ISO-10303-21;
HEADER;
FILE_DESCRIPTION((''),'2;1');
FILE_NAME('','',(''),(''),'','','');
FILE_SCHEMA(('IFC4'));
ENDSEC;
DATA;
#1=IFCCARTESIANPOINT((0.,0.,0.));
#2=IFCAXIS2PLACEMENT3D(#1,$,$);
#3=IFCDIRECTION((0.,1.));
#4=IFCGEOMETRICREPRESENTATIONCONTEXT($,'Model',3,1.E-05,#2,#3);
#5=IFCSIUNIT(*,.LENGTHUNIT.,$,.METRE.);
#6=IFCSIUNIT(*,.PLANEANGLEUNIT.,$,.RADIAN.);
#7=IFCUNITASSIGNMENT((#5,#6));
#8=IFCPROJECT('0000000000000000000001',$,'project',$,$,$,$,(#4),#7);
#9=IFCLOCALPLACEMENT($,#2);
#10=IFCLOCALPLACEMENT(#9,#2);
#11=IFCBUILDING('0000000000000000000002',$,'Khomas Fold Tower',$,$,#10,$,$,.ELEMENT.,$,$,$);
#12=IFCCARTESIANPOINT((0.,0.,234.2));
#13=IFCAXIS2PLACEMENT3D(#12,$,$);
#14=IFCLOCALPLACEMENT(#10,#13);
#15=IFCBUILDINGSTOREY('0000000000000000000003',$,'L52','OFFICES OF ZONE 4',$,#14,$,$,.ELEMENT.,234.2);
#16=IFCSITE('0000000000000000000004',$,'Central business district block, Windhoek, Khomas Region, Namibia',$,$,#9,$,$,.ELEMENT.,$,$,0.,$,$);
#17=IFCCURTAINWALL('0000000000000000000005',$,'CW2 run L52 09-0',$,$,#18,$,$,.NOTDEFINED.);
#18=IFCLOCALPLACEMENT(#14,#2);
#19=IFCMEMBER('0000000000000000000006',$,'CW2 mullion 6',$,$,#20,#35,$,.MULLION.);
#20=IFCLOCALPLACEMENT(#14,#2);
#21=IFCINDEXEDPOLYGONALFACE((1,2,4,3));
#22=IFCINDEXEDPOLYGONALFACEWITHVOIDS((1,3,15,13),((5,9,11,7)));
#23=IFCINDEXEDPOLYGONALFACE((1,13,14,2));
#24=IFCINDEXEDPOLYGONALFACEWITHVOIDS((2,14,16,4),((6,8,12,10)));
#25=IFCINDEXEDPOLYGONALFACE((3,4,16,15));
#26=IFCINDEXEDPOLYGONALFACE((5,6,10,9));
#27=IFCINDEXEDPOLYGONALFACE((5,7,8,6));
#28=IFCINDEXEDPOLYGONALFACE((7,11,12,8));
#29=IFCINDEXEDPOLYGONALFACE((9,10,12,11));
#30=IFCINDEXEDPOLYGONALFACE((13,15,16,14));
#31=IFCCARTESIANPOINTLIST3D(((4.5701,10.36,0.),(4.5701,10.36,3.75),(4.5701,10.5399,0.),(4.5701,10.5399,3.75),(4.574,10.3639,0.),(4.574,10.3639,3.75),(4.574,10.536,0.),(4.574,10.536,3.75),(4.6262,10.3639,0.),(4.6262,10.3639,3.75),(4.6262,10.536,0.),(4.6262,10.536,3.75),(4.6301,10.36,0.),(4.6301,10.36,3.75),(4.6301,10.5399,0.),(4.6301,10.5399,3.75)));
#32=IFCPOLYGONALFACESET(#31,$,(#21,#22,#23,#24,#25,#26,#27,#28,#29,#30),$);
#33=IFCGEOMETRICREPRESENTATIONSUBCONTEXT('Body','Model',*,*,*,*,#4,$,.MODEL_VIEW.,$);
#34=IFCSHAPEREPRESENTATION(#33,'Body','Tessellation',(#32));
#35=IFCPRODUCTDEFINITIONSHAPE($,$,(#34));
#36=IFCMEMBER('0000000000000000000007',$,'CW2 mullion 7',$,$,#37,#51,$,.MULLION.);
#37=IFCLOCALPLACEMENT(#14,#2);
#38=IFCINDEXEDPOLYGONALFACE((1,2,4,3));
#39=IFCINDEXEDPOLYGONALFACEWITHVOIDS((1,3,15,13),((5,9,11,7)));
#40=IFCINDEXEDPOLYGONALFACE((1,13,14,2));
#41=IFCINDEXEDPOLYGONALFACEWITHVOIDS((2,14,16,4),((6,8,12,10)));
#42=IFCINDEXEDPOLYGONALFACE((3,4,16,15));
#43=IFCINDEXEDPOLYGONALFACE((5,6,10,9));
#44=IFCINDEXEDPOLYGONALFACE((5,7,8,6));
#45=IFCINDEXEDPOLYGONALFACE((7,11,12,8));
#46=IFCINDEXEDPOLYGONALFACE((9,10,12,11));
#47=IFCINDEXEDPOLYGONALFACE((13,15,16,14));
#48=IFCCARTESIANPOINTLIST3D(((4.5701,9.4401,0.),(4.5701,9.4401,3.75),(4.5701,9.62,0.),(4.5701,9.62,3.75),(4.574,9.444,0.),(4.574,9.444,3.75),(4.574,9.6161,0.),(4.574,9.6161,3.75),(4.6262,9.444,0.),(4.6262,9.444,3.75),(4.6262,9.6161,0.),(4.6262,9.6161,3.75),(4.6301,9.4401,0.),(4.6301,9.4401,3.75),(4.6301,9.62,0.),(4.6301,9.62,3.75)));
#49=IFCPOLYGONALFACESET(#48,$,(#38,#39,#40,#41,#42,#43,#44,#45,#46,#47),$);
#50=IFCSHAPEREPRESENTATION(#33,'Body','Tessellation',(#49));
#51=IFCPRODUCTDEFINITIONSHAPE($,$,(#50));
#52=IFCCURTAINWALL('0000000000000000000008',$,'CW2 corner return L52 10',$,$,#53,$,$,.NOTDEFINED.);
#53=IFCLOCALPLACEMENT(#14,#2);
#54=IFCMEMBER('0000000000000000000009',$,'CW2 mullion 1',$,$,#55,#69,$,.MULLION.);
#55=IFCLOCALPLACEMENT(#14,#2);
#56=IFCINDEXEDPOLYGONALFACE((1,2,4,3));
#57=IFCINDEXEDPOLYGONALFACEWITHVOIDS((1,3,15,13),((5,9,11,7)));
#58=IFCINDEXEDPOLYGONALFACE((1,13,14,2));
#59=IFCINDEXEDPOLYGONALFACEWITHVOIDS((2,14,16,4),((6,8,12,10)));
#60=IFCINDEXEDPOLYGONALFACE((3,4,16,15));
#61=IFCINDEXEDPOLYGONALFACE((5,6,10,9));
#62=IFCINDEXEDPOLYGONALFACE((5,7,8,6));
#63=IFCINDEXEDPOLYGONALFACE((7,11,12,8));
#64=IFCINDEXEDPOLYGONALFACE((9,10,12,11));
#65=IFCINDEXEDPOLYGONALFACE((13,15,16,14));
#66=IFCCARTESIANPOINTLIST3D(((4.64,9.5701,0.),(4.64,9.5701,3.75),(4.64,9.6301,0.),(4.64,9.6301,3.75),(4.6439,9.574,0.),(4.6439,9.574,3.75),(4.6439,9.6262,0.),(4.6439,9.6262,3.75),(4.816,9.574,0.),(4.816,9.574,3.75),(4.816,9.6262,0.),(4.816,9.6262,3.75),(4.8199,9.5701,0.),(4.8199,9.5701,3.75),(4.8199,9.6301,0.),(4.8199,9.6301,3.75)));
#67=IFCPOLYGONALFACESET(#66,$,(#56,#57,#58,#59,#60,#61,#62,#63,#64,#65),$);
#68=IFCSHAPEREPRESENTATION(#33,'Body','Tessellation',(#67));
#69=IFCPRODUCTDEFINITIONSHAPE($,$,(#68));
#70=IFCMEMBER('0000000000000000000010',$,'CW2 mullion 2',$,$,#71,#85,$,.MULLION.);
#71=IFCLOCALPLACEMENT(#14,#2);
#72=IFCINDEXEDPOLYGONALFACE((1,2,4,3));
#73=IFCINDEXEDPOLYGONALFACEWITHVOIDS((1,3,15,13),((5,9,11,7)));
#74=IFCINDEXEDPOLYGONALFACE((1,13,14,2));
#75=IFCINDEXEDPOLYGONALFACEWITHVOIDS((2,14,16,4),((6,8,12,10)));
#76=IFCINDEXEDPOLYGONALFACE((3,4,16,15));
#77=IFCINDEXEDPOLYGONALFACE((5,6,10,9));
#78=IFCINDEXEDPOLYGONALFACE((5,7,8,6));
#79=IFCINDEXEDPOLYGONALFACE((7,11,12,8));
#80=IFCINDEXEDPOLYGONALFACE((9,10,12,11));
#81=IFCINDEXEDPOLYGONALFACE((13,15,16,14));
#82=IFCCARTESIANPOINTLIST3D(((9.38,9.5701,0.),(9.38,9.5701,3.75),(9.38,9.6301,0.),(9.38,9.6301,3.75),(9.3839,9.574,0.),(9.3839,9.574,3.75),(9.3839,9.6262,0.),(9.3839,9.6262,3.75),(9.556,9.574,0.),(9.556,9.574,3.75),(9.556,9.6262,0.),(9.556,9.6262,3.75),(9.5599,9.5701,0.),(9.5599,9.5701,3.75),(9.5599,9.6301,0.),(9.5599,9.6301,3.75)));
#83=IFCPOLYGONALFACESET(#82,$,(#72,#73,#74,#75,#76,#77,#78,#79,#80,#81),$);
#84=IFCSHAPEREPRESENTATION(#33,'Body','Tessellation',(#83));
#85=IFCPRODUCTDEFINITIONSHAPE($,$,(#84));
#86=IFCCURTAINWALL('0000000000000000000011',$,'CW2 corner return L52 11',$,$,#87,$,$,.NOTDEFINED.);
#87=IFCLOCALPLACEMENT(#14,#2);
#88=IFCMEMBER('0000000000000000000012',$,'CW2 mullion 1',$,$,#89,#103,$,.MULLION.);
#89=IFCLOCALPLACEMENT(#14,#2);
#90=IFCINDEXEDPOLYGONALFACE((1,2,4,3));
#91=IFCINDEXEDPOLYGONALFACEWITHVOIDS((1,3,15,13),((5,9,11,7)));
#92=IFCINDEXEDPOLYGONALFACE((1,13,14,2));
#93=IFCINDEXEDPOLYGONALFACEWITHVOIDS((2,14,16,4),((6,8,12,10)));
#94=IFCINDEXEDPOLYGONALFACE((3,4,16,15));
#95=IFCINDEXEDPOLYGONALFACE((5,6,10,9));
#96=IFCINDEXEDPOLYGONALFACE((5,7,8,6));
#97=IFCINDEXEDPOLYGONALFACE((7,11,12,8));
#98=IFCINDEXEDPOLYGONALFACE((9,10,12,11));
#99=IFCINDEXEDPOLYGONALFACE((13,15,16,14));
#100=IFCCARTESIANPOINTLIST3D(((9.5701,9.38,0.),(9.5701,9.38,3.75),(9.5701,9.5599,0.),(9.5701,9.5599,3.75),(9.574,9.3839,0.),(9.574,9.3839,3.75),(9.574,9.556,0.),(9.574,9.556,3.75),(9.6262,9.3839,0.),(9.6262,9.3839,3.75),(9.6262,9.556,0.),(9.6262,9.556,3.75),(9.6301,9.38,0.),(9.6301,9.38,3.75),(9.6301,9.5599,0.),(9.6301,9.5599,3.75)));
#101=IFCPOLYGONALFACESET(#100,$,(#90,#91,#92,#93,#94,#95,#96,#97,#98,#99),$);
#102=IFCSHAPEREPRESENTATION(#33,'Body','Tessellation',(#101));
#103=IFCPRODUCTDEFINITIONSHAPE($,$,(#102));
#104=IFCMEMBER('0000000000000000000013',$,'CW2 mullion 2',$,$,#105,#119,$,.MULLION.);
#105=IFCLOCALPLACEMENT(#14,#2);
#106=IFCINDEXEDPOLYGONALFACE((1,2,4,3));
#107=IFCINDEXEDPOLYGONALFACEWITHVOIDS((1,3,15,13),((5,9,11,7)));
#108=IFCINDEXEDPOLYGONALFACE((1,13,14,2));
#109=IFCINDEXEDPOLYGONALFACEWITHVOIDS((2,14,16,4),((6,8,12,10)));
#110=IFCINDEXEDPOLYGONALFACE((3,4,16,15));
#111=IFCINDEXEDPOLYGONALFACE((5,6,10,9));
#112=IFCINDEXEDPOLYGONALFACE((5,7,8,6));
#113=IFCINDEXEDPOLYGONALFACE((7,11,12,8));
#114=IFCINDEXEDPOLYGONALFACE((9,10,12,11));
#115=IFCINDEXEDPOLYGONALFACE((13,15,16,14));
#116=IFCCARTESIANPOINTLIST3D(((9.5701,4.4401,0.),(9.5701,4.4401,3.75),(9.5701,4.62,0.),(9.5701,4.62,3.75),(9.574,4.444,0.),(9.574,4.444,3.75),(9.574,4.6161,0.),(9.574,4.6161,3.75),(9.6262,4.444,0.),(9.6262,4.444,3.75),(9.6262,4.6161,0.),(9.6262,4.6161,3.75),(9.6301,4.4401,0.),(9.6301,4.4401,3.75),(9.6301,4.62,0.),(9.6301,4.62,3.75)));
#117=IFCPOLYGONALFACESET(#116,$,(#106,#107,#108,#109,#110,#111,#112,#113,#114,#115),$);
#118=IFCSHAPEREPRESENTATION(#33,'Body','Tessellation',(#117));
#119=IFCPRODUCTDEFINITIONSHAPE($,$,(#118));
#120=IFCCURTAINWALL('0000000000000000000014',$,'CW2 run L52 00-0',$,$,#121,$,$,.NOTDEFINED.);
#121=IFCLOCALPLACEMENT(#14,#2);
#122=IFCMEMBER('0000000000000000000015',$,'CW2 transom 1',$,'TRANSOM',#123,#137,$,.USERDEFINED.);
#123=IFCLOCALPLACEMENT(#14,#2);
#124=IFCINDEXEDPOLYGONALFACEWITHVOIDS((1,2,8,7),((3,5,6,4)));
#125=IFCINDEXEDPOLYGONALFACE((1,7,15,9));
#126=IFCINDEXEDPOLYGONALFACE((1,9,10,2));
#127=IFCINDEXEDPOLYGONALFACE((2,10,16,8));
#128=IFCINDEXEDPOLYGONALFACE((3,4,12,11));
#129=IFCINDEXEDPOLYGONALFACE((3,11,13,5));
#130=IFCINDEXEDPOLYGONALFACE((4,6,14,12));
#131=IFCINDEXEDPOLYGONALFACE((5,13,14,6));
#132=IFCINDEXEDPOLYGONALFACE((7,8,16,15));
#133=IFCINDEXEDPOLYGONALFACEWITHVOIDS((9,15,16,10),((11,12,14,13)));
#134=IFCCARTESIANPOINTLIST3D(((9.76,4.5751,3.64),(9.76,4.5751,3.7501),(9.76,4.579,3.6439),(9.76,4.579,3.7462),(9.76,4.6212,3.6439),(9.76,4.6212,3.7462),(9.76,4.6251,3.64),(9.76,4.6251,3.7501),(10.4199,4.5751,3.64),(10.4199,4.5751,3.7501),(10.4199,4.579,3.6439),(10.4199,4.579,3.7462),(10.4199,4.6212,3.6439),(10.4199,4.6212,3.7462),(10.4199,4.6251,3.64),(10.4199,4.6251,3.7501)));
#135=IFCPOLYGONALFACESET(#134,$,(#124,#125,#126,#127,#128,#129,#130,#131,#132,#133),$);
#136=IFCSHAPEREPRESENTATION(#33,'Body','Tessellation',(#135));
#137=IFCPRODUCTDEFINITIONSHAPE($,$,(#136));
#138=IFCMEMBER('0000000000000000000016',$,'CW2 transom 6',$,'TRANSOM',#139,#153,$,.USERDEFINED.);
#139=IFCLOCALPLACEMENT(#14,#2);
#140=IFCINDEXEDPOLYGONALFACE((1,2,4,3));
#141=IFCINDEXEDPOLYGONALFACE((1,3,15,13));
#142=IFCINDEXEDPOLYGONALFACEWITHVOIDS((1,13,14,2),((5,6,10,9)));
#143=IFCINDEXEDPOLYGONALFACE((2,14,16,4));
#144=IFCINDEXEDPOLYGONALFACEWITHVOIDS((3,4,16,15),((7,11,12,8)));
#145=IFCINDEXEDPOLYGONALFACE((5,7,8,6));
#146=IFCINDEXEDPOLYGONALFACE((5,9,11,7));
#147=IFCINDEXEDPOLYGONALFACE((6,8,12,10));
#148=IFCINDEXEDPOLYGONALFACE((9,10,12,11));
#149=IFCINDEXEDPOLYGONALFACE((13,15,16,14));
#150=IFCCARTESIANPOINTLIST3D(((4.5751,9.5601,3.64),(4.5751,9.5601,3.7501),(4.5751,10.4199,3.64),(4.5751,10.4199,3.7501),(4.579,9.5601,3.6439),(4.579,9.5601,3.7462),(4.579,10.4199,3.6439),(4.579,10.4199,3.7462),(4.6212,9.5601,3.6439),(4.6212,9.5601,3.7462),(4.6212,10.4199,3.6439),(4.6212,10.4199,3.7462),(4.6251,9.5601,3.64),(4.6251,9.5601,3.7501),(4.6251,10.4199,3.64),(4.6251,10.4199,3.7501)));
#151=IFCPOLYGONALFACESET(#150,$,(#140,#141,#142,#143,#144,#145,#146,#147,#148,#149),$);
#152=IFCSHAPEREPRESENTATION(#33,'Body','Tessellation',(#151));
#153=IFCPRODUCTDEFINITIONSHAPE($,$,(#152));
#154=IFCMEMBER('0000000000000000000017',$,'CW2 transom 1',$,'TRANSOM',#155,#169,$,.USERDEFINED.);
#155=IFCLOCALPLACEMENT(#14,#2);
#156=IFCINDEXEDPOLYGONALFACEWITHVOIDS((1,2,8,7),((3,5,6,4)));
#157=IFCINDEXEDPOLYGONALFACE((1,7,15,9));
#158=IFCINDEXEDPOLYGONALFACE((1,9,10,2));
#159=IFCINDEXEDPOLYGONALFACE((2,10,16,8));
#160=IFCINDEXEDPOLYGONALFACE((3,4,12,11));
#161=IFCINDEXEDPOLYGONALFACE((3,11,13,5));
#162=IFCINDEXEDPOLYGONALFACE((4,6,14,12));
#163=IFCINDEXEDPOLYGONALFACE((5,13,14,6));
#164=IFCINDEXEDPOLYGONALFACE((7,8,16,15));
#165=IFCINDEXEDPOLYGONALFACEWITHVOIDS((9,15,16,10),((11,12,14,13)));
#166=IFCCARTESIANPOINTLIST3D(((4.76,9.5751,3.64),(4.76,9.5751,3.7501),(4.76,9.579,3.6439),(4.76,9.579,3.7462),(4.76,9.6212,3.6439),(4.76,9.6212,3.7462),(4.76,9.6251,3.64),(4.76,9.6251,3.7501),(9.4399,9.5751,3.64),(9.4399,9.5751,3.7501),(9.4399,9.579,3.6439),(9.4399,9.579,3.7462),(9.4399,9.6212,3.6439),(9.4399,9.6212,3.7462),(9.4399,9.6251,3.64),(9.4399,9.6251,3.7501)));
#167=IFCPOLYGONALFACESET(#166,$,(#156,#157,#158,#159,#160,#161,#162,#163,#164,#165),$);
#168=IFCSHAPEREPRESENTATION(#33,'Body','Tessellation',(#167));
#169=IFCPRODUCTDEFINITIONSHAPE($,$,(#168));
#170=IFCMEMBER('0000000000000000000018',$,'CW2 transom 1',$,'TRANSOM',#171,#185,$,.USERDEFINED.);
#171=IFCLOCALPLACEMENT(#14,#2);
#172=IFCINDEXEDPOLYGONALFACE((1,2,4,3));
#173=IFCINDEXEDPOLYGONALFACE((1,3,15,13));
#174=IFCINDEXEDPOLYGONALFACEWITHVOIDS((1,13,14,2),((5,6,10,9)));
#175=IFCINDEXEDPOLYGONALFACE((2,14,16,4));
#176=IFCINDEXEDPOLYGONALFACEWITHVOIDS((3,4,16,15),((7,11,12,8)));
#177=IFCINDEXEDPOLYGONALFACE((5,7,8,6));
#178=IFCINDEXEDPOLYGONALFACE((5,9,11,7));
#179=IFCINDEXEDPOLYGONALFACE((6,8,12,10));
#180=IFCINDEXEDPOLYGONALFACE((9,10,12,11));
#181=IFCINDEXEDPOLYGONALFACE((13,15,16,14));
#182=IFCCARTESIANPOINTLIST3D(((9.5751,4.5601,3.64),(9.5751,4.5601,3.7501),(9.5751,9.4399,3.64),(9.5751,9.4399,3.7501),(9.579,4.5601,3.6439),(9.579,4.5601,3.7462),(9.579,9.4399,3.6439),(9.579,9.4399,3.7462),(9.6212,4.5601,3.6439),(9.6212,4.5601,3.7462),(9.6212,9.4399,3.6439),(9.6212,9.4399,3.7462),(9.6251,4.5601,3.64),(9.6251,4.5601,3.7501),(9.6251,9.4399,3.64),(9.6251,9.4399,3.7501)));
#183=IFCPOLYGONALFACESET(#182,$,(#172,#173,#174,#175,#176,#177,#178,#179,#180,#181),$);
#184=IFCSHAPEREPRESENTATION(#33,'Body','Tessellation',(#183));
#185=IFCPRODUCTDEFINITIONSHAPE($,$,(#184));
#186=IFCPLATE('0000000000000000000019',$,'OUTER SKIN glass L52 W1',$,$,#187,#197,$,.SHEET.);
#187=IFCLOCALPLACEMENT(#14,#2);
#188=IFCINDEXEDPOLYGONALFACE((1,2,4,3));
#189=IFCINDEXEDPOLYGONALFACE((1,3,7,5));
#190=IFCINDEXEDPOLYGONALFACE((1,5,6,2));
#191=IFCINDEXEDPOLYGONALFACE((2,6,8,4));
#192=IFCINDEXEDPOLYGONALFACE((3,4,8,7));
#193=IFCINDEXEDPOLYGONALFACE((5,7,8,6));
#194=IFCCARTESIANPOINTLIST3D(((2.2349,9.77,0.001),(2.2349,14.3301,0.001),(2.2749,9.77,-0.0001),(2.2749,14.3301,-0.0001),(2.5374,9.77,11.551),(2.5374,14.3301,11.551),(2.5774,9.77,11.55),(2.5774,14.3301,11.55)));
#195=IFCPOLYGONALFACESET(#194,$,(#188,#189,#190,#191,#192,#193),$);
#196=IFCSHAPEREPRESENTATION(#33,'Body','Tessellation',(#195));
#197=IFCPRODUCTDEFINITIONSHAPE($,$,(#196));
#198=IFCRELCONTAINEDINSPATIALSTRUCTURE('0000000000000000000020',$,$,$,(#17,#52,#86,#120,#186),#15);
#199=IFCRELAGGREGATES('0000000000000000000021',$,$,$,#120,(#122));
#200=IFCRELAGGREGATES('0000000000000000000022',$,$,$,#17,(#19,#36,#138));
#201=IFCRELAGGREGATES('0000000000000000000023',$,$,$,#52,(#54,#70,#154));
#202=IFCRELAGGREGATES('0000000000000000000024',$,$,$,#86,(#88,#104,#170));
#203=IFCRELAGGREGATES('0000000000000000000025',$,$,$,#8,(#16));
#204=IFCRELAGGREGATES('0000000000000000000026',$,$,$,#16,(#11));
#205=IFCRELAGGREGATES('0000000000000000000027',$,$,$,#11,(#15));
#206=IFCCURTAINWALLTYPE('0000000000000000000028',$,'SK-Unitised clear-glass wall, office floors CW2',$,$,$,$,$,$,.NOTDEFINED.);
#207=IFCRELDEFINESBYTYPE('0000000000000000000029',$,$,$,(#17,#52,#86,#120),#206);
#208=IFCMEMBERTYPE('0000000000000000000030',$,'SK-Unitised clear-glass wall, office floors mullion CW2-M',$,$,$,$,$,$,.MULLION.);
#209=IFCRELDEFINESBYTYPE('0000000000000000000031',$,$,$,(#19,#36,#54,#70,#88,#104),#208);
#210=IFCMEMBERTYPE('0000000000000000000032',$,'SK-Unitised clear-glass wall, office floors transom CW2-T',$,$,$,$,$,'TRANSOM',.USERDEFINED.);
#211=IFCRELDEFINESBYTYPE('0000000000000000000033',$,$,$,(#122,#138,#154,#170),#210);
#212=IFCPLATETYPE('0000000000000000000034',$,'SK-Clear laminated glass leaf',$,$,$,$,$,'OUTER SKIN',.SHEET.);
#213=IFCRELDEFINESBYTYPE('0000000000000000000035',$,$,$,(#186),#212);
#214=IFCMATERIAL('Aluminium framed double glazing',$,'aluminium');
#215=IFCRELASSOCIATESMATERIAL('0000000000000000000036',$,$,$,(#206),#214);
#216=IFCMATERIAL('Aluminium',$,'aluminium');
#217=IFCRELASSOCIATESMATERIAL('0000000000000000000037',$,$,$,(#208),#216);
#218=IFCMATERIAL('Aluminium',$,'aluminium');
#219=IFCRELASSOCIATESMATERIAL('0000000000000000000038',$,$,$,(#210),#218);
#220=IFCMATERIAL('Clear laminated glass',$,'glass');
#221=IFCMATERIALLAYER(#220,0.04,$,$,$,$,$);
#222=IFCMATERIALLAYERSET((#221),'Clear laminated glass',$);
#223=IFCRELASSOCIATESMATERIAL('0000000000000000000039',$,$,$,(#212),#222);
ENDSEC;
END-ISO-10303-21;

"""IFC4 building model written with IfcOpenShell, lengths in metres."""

from ifc_helpers import new_model, si_unit, direction, frame, origin, origin_2d, place, context, subcontext, project, spatial, polyline, hollow_rectangle, outline, extrude, source, transform, mapped, material, layer, layer_set, material_profile, profile_set, type_object, element, aggregate, save


model = new_model("IFC4")

# Units and contexts
model_context = context("Model", 3, precision=1e-05, world=origin(), true_north=direction((0.0, 1.0)))
body_context = subcontext(model_context, "Body", "Model", "MODEL_VIEW")
ifc_project = project(units=[si_unit("LENGTHUNIT", "METRE"), si_unit("PLANEANGLEUNIT", "RADIAN")], contexts=[model_context])

# Site, building, storey
site_placement = place(None, origin())
site = spatial("IfcSite", under=ifc_project, at=site_placement, Name="Central business district block, Windhoek, Khomas Region, Namibia", CompositionType="ELEMENT", RefElevation=0.0)
building_placement = place(site_placement, origin())
building = spatial("IfcBuilding", under=site, at=building_placement, Name="Khomas Fold Tower", CompositionType="ELEMENT")
storey_placement = place(building_placement, frame((0.0, 0.0, 234.2)))
storey = spatial("IfcBuildingStorey", under=building, at=storey_placement, Name="L52", Description="OFFICES OF ZONE 4", CompositionType="ELEMENT", Elevation=234.2)

# Curtain walls, members
ifc_material_1 = material(Name="Aluminium framed double glazing", Category="aluminium")
curtain_wall_type = type_object("IfcCurtainWallType", Name="SK-Unitised clear-glass wall, office floors CW2", PredefinedType="NOTDEFINED", material=ifc_material_1)
curtain_wall_1_placement = place(storey_placement, origin())
curtain_wall_1 = element("IfcCurtainWall", 1, at=curtain_wall_1_placement, inside=storey, type_object=curtain_wall_type, Name="CW2 run L52 09-0", PredefinedType="NOTDEFINED")
ifc_material_2 = material(Name="Aluminium", Category="aluminium")
ifc_material_profile_1 = material_profile(ifc_material_2, hollow_rectangle(XDim=0.0601, YDim=0.1799, WallThickness=0.0039, at=origin_2d()), Name="SK-Unitised clear-glass wall, office floors mullion CW2-M")
ifc_profile_set_1 = profile_set([ifc_material_profile_1], Name="Aluminium")
member_type_1 = type_object("IfcMemberType", Name="SK-Unitised clear-glass wall, office floors mullion CW2-M", PredefinedType="MULLION", material=ifc_profile_set_1)
shared_shape_1 = source(origin(), body_context, "Body", "SweptSolid", [
    extrude(hollow_rectangle(XDim=0.0601, YDim=0.1799, WallThickness=0.0039, at=origin_2d()), origin(), (0.0, 0.0, 1.0), 3.75),
])
member_1_placement = place(storey_placement, frame((4.6001, 10.45, 0.0), z_axis=(0.0, 0.0, 1.0), x_axis=(1.0, 0.0, 0.0)))
member_1 = element("IfcMember", 2, at=member_1_placement, type_object=member_type_1, Name="CW2 mullion 6", PredefinedType="MULLION", context=body_context, shape_type="MappedRepresentation", body=[
    mapped(shared_shape_1, transform((0.0, 0.0, 0.0))),
])
member_2_placement = place(storey_placement, frame((4.6001, 9.53, 0.0), z_axis=(0.0, 0.0, 1.0), x_axis=(1.0, 0.0, 0.0)))
member_2 = element("IfcMember", 3, at=member_2_placement, type_object=member_type_1, Name="CW2 mullion 7", PredefinedType="MULLION", context=body_context, shape_type="MappedRepresentation", body=[
    mapped(shared_shape_1, transform((0.0, 0.0, 0.0))),
])
curtain_wall_2_placement = place(storey_placement, origin())
curtain_wall_2 = element("IfcCurtainWall", 4, at=curtain_wall_2_placement, inside=storey, type_object=curtain_wall_type, Name="CW2 corner return L52 10", PredefinedType="NOTDEFINED")
member_3_placement = place(storey_placement, frame((4.73, 9.6001, 0.0), z_axis=(0.0, 0.0, 1.0), x_axis=(0.0, 1.0, 0.0)))
member_3 = element("IfcMember", 5, at=member_3_placement, type_object=member_type_1, Name="CW2 mullion 1", PredefinedType="MULLION", context=body_context, shape_type="MappedRepresentation", body=[
    mapped(shared_shape_1, transform((0.0, 0.0, 0.0))),
])
member_4_placement = place(storey_placement, frame((9.47, 9.6001, 0.0), z_axis=(0.0, 0.0, 1.0), x_axis=(0.0, 1.0, 0.0)))
member_4 = element("IfcMember", 6, at=member_4_placement, type_object=member_type_1, Name="CW2 mullion 2", PredefinedType="MULLION", context=body_context, shape_type="MappedRepresentation", body=[
    mapped(shared_shape_1, transform((0.0, 0.0, 0.0))),
])
curtain_wall_3_placement = place(storey_placement, origin())
curtain_wall_3 = element("IfcCurtainWall", 7, at=curtain_wall_3_placement, inside=storey, type_object=curtain_wall_type, Name="CW2 corner return L52 11", PredefinedType="NOTDEFINED")
member_5_placement = place(storey_placement, frame((9.6001, 9.47, 0.0), z_axis=(0.0, 0.0, 1.0), x_axis=(1.0, 0.0, 0.0)))
member_5 = element("IfcMember", 8, at=member_5_placement, type_object=member_type_1, Name="CW2 mullion 1", PredefinedType="MULLION", context=body_context, shape_type="MappedRepresentation", body=[
    mapped(shared_shape_1, transform((0.0, 0.0, 0.0))),
])
member_6_placement = place(storey_placement, frame((9.6001, 4.53, 0.0), z_axis=(0.0, 0.0, 1.0), x_axis=(1.0, 0.0, 0.0)))
member_6 = element("IfcMember", 9, at=member_6_placement, type_object=member_type_1, Name="CW2 mullion 2", PredefinedType="MULLION", context=body_context, shape_type="MappedRepresentation", body=[
    mapped(shared_shape_1, transform((0.0, 0.0, 0.0))),
])

# Curtain wall, member
curtain_wall_4_placement = place(storey_placement, origin())
curtain_wall_4 = element("IfcCurtainWall", 10, at=curtain_wall_4_placement, inside=storey, type_object=curtain_wall_type, Name="CW2 run L52 00-0", PredefinedType="NOTDEFINED")
ifc_material_3 = material(Name="Aluminium", Category="aluminium")
ifc_material_profile_2 = material_profile(ifc_material_3, hollow_rectangle(XDim=0.05, YDim=0.1101, WallThickness=0.0039, at=origin_2d()), Name="SK-Unitised clear-glass wall, office floors transom CW2-T")
ifc_profile_set_2 = profile_set([ifc_material_profile_2], Name="Aluminium")
member_type_2 = type_object("IfcMemberType", Name="SK-Unitised clear-glass wall, office floors transom CW2-T", ElementType="TRANSOM", PredefinedType="USERDEFINED", material=ifc_profile_set_2)
shared_shape_2 = source(origin(), body_context, "Body", "SweptSolid", [
    extrude(hollow_rectangle(XDim=0.05, YDim=0.1101, WallThickness=0.0039, at=origin_2d()), origin(), (0.0, 0.0, 1.0), 0.6599),
])
member_7_placement = place(storey_placement, frame((9.76, 4.6001, 3.6951), z_axis=(1.0, 0.0, 0.0), x_axis=(0.0, 1.0, 0.0)))
member_7 = element("IfcMember", 11, at=member_7_placement, type_object=member_type_2, Name="CW2 transom 1", ObjectType="TRANSOM", PredefinedType="USERDEFINED", context=body_context, shape_type="MappedRepresentation", body=[
    mapped(shared_shape_2, transform((0.0, 0.0, 0.0))),
])
aggregate(curtain_wall_4, [member_7])

# Members
shared_shape_3 = source(origin(), body_context, "Body", "SweptSolid", [
    extrude(hollow_rectangle(XDim=0.05, YDim=0.1101, WallThickness=0.0039, at=origin_2d()), origin(), (0.0, 0.0, 1.0), 0.8599),
])
member_8_placement = place(storey_placement, frame((4.6001, 10.4199, 3.6951), z_axis=(0.0, -1.0, 0.0), x_axis=(1.0, 0.0, 0.0)))
member_8 = element("IfcMember", 12, at=member_8_placement, type_object=member_type_2, Name="CW2 transom 6", ObjectType="TRANSOM", PredefinedType="USERDEFINED", context=body_context, shape_type="MappedRepresentation", body=[
    mapped(shared_shape_3, transform((0.0, 0.0, 0.0))),
])
shared_shape_4 = source(origin(), body_context, "Body", "SweptSolid", [
    extrude(hollow_rectangle(XDim=0.05, YDim=0.1101, WallThickness=0.0039, at=origin_2d()), origin(), (0.0, 0.0, 1.0), 4.6799),
])
member_9_placement = place(storey_placement, frame((4.76, 9.6001, 3.6951), z_axis=(1.0, 0.0, 0.0), x_axis=(0.0, 1.0, 0.0)))
member_9 = element("IfcMember", 13, at=member_9_placement, type_object=member_type_2, Name="CW2 transom 1", ObjectType="TRANSOM", PredefinedType="USERDEFINED", context=body_context, shape_type="MappedRepresentation", body=[
    mapped(shared_shape_4, transform((0.0, 0.0, 0.0))),
])
shared_shape_5 = source(origin(), body_context, "Body", "SweptSolid", [
    extrude(hollow_rectangle(XDim=0.05, YDim=0.1101, WallThickness=0.0039, at=origin_2d()), origin(), (0.0, 0.0, 1.0), 4.8799),
])
member_10_placement = place(storey_placement, frame((9.6001, 9.4399, 3.6951), z_axis=(0.0, -1.0, 0.0), x_axis=(1.0, 0.0, 0.0)))
member_10 = element("IfcMember", 14, at=member_10_placement, type_object=member_type_2, Name="CW2 transom 1", ObjectType="TRANSOM", PredefinedType="USERDEFINED", context=body_context, shape_type="MappedRepresentation", body=[
    mapped(shared_shape_5, transform((0.0, 0.0, 0.0))),
])

# Plate
ifc_material_4 = material(Name="Clear laminated glass", Category="glass")
ifc_layer_1 = layer(ifc_material_4, 0.04)
ifc_layer_set_1 = layer_set([ifc_layer_1], Name="Clear laminated glass")
plate_type_1 = type_object("IfcPlateType", Name="SK-Clear laminated glass leaf", ElementType="OUTER SKIN", PredefinedType="SHEET", material=ifc_layer_set_1)
plate_1_placement = place(storey_placement, frame((2.2349, 9.77, 0.001), z_axis=(-0.999657, 0.0, 0.026181), x_axis=(0.0, 1.0, 0.0)))
element("IfcPlate", 15, at=plate_1_placement, inside=storey, type_object=plate_type_1, Name="OUTER SKIN glass L52 W1", PredefinedType="SHEET", context=body_context, shape_type="SweptSolid", body=[
    extrude(outline(polyline([(0.0, 0.0), (4.5601, 0.0), (4.5601, -11.554), (0.0, -11.554), (0.0, 0.0)])), origin(), (0.0, 0.0, -1.0), 0.04),
])

aggregate(curtain_wall_1, [member_1, member_2, member_8])
aggregate(curtain_wall_2, [member_3, member_4, member_9])
aggregate(curtain_wall_3, [member_5, member_6, member_10])

save(model, "model.ifc")
